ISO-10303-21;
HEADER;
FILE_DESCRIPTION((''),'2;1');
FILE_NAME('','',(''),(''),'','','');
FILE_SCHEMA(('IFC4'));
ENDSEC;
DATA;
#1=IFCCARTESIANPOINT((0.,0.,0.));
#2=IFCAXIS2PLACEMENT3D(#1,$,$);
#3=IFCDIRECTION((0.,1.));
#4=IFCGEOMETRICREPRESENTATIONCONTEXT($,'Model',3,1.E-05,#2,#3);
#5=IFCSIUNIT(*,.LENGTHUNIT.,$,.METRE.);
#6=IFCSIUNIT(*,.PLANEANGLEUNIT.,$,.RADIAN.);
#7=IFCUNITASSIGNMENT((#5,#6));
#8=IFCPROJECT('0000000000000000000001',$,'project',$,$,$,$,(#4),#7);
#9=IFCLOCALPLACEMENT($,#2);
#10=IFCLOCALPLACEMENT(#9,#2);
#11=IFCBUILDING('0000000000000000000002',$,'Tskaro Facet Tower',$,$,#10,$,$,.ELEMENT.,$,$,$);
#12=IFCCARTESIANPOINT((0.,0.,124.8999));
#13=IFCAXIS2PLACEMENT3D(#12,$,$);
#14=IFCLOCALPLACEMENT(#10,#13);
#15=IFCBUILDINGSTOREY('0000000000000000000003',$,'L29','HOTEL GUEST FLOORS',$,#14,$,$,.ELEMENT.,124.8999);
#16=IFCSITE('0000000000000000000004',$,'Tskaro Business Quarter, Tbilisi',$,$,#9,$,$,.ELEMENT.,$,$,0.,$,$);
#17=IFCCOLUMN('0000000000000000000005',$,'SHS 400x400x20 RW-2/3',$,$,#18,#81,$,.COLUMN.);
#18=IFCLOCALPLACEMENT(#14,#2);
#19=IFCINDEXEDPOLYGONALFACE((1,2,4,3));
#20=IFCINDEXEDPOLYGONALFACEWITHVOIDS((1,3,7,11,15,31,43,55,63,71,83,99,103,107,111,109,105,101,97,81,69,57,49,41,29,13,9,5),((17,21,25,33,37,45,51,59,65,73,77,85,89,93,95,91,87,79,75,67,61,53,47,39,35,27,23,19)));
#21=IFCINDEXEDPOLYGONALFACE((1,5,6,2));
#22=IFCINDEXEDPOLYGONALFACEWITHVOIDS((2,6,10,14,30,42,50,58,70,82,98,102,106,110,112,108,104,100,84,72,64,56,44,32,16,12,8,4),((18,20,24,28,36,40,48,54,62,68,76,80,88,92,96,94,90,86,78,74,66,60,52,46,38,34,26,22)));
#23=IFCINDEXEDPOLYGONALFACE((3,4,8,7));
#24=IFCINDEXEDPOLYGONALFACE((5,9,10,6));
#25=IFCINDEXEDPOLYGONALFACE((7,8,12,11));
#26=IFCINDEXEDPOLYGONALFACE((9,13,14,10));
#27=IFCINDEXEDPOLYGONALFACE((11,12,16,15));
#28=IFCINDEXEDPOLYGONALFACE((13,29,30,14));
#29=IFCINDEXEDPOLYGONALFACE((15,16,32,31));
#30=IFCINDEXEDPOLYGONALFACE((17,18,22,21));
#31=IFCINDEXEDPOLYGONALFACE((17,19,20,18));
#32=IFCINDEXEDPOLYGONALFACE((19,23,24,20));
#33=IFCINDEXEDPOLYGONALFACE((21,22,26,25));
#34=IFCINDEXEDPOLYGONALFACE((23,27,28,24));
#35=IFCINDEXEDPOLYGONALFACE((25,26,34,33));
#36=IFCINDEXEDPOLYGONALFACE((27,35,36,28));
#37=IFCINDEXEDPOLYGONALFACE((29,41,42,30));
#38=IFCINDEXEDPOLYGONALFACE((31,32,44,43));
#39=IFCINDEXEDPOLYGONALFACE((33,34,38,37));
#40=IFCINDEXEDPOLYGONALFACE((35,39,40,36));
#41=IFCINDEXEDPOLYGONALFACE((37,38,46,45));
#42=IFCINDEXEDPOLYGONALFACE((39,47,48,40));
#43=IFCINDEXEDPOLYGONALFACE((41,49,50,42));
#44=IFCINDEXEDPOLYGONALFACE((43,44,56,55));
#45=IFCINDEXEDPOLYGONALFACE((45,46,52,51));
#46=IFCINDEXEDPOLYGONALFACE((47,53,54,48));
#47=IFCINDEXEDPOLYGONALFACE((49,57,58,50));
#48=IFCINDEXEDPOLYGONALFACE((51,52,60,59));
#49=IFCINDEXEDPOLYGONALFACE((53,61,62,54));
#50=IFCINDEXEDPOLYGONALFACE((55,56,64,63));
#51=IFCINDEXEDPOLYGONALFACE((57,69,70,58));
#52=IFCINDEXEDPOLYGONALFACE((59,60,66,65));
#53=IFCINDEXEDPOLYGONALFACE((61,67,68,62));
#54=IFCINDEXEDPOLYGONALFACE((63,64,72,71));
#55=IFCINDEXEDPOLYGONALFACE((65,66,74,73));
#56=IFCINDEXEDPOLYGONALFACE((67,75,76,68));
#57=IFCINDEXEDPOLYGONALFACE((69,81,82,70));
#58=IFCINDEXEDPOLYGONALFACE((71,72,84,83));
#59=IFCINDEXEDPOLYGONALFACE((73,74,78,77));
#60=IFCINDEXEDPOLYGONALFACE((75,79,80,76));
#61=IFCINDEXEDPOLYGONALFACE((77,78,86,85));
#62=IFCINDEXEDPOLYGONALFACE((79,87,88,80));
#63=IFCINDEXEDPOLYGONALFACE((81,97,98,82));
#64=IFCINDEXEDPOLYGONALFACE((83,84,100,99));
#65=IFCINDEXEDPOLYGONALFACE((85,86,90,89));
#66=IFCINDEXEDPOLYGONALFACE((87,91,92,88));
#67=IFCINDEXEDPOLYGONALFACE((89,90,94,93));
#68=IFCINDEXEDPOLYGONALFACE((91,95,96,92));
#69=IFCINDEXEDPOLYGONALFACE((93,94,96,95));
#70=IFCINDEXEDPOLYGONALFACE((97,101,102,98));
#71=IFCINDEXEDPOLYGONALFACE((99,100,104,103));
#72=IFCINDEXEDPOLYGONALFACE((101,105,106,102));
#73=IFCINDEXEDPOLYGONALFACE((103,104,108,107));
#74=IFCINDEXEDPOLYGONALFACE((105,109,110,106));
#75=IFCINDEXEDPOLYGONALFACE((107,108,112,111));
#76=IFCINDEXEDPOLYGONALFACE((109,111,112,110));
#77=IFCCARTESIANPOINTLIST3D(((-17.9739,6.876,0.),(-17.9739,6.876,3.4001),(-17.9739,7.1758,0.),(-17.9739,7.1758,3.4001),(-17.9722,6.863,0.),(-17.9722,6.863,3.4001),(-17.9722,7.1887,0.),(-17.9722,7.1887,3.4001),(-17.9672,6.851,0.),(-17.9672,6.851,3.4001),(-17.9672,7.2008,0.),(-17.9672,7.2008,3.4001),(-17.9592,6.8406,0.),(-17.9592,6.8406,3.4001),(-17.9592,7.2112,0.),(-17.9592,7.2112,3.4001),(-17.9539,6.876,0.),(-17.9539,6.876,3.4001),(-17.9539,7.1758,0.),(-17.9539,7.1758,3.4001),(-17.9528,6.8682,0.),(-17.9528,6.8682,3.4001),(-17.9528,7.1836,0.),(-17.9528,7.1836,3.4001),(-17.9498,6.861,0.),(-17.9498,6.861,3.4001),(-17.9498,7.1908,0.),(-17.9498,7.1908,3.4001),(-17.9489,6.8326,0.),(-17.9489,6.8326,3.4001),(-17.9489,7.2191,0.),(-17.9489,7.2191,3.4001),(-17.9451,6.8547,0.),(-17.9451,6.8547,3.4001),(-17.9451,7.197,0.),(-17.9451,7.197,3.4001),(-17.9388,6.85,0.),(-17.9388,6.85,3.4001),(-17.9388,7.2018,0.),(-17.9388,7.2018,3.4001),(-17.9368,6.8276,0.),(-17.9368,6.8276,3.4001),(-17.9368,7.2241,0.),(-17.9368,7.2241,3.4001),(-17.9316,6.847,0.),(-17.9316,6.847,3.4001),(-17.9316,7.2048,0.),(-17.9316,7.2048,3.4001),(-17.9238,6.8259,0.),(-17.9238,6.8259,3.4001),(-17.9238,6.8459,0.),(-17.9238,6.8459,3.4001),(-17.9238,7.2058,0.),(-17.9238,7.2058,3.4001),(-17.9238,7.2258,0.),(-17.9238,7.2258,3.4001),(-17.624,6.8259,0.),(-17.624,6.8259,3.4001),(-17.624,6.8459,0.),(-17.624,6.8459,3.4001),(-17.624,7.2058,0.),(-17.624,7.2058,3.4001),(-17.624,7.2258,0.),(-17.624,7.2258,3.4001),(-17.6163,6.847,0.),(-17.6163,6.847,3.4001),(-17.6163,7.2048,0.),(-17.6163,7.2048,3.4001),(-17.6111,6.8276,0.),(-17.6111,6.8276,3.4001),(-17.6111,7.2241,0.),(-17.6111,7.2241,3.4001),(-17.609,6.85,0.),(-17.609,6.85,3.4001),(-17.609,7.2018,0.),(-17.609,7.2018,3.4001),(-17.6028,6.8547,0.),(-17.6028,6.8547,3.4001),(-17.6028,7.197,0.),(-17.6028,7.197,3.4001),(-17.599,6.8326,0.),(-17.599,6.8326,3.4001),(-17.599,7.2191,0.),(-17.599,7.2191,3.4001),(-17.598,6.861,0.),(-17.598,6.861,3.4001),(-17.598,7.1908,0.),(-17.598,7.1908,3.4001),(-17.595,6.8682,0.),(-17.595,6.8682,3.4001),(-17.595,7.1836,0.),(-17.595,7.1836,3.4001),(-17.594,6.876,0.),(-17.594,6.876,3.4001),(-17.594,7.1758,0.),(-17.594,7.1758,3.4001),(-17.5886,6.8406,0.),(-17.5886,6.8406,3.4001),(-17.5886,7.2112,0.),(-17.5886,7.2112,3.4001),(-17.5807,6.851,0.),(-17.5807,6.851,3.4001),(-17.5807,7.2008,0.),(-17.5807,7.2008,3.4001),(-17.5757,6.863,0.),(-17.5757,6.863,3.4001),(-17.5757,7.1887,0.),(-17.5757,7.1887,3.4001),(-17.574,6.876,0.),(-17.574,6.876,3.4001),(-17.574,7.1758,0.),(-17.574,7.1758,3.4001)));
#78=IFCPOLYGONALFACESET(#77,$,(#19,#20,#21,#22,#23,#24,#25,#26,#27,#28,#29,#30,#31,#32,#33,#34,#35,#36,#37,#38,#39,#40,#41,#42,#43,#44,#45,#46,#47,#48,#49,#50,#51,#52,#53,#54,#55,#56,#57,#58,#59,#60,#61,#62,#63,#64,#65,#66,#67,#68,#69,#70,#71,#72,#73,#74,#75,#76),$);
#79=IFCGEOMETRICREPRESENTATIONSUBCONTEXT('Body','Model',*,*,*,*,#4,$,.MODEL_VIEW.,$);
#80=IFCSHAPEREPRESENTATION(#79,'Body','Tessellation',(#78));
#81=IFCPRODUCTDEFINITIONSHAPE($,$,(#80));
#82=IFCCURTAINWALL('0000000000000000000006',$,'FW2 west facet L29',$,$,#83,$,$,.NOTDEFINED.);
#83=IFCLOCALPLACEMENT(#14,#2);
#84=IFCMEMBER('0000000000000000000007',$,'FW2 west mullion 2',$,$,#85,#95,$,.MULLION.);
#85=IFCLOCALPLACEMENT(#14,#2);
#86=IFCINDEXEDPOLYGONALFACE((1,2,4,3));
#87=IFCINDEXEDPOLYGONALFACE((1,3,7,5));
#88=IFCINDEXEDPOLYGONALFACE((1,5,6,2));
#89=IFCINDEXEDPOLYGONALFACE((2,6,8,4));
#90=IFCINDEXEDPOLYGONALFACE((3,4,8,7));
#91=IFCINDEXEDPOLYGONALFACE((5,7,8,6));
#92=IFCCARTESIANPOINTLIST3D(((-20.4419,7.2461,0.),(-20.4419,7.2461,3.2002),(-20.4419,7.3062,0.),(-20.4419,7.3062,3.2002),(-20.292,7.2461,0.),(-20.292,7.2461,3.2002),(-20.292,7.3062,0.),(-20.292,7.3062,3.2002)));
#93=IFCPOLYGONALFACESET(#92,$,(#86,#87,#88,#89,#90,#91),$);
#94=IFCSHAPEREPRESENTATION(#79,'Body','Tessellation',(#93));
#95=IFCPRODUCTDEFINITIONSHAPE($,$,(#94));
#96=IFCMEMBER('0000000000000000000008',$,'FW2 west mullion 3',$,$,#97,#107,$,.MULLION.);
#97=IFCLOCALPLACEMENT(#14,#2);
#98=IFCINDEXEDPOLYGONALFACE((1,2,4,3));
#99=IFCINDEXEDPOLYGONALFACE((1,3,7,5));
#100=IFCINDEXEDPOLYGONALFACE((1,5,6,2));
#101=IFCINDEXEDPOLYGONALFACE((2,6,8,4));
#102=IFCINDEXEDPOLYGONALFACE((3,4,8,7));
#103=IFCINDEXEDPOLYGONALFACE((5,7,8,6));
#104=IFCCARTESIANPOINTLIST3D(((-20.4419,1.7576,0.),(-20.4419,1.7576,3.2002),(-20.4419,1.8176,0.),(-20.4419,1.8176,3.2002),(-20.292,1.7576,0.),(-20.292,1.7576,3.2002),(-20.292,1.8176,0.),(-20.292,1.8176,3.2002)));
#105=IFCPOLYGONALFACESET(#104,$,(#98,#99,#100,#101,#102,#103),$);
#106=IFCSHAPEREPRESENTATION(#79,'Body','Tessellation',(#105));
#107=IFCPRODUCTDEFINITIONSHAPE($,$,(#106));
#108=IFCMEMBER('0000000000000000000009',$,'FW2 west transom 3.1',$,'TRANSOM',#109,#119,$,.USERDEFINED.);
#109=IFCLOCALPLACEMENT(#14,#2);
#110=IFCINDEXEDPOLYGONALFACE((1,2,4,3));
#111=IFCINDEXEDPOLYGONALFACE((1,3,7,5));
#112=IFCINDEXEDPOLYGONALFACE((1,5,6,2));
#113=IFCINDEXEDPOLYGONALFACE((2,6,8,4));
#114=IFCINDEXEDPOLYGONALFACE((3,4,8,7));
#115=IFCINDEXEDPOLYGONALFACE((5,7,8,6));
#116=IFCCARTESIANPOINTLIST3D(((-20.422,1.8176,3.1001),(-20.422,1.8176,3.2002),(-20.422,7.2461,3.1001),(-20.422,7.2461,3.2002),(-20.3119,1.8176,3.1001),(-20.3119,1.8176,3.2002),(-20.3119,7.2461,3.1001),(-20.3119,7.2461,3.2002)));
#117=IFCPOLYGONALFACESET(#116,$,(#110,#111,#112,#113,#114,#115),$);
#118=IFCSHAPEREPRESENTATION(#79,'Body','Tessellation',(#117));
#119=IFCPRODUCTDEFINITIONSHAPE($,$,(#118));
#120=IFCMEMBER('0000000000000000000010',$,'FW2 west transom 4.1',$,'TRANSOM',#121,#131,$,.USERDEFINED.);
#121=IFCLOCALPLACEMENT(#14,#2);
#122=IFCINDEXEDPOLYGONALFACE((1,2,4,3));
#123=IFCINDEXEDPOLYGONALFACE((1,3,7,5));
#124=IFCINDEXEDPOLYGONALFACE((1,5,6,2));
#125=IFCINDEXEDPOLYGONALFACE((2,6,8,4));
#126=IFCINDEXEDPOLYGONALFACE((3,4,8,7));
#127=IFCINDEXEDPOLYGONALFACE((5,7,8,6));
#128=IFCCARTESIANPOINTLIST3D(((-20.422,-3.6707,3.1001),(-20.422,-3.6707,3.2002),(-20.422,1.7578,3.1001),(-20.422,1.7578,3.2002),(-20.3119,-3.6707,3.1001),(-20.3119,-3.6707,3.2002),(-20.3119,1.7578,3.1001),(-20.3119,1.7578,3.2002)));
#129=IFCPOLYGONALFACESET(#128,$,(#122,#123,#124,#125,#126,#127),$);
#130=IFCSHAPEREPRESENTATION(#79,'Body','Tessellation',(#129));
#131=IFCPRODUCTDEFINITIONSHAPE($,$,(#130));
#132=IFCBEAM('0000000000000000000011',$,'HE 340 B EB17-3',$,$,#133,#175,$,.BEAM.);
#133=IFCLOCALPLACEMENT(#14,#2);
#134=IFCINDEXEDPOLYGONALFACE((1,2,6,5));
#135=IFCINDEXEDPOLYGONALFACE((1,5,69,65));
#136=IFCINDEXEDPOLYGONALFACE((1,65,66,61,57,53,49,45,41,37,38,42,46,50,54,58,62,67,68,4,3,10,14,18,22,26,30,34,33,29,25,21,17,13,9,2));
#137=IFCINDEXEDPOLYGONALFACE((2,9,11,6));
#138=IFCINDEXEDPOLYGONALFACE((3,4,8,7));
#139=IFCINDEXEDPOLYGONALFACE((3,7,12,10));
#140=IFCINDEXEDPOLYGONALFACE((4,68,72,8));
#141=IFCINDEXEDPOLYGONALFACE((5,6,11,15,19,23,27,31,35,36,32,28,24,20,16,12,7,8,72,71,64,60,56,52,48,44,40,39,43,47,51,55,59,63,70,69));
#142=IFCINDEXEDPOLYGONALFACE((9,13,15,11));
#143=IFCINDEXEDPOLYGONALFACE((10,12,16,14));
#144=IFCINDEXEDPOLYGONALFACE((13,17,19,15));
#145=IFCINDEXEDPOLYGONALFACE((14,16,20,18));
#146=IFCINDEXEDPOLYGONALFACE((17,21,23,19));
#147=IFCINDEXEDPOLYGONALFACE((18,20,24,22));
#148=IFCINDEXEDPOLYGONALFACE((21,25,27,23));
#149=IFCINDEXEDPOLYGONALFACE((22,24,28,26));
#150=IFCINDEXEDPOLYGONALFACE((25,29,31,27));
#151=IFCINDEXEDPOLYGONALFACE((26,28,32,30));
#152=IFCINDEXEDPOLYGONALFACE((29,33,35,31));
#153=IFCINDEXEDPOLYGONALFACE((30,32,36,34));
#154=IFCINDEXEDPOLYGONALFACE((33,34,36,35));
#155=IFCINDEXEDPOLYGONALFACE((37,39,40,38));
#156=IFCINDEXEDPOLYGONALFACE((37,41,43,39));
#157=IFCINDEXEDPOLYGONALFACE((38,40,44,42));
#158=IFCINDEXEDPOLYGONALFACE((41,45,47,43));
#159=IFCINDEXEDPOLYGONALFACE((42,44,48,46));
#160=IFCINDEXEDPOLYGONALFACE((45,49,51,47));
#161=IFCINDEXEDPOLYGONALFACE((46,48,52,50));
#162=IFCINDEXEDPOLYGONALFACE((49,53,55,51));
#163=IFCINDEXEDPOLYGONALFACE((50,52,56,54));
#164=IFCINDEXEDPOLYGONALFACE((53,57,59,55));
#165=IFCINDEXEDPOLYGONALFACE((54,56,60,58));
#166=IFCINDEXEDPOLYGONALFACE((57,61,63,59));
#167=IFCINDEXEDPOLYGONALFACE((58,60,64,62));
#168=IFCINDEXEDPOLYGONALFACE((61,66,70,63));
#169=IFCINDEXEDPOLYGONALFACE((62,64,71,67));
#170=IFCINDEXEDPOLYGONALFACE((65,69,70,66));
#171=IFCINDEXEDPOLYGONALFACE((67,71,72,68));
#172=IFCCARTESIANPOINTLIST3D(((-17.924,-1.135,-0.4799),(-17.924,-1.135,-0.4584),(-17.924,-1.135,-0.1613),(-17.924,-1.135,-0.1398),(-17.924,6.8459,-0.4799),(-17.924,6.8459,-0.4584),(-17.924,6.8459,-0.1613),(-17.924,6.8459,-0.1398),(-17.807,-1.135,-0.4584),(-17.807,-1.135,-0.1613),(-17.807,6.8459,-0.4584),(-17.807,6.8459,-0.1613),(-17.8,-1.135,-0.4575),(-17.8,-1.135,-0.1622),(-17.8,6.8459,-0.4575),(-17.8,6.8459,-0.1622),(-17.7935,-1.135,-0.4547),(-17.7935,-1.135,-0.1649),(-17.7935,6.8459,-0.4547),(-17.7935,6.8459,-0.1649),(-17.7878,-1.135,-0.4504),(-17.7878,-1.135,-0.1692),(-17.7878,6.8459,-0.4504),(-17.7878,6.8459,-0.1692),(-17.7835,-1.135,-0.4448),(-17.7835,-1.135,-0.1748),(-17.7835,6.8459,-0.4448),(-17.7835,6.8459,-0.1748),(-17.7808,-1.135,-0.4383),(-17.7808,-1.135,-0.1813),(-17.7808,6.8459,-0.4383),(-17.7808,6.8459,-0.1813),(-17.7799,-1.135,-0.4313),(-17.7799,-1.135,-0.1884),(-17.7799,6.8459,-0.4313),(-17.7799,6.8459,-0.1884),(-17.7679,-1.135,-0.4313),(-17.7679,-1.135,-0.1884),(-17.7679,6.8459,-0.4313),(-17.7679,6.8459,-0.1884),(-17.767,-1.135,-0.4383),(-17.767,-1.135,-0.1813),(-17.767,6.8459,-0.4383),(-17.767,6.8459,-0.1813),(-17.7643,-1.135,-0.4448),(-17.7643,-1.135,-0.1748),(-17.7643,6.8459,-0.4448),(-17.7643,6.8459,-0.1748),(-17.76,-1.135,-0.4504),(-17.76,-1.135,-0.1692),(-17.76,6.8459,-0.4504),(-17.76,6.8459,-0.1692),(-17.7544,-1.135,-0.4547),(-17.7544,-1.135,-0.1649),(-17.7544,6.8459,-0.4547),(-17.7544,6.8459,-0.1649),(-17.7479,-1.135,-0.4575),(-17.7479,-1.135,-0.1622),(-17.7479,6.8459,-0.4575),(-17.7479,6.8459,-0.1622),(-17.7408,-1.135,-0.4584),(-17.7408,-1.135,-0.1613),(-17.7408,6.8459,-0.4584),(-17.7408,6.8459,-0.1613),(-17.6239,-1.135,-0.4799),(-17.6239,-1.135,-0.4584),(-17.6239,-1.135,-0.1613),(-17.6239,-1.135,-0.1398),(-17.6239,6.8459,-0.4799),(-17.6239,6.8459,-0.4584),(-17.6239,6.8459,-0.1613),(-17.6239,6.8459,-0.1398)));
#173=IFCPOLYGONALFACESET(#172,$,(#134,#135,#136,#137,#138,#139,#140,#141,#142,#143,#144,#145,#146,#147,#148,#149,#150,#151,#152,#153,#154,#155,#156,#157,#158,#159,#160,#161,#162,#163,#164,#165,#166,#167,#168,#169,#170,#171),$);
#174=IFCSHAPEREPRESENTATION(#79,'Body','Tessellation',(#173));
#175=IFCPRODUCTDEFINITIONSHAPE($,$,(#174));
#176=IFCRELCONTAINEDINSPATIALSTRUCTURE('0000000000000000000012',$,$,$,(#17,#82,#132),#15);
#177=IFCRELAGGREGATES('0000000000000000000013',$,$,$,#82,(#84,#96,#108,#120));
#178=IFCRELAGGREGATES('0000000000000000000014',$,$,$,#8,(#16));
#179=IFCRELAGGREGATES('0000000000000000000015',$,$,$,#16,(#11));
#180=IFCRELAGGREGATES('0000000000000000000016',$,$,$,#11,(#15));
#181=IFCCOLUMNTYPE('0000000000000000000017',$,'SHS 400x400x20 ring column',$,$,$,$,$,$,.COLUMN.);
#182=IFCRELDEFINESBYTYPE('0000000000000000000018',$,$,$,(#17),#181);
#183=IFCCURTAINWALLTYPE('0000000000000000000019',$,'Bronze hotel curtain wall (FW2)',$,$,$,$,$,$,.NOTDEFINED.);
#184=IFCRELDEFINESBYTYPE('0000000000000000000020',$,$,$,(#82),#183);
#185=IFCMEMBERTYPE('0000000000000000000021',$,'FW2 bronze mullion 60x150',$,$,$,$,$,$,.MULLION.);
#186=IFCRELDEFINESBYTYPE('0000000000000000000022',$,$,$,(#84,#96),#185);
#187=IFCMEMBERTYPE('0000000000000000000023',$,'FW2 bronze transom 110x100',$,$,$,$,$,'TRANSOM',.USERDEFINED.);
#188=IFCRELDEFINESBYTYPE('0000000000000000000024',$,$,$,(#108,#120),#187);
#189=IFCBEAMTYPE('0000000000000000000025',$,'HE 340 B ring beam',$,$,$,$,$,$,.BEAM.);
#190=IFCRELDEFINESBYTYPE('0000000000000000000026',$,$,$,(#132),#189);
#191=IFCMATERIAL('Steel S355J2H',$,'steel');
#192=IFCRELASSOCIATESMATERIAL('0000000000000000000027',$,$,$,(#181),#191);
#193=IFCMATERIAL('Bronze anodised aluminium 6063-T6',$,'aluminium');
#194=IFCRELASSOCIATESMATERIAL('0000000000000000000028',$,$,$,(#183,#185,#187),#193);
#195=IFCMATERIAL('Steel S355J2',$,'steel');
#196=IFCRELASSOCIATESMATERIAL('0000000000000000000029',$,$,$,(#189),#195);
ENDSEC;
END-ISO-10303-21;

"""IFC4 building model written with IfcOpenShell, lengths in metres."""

from ifc_helpers import new_model, si_unit, direction, frame, origin, origin_2d, place, context, subcontext, project, spatial, rectangle, hollow_rectangle, i_section, extrude, material, material_profile, profile_set, type_object, element, aggregate, save


model = new_model("IFC4")

# Units and contexts
model_context = context("Model", 3, precision=1e-05, world=origin(), true_north=direction((0.0, 1.0)))
body_context = subcontext(model_context, "Body", "Model", "MODEL_VIEW")
ifc_project = project(units=[si_unit("LENGTHUNIT", "METRE"), si_unit("PLANEANGLEUNIT", "RADIAN")], contexts=[model_context])

# Site, building, storey
site_placement = place(None, origin())
site = spatial("IfcSite", under=ifc_project, at=site_placement, Name="Tskaro Business Quarter, Tbilisi", CompositionType="ELEMENT", RefElevation=0.0)
building_placement = place(site_placement, origin())
building = spatial("IfcBuilding", under=site, at=building_placement, Name="Tskaro Facet Tower", CompositionType="ELEMENT")
storey_placement = place(building_placement, frame((0.0, 0.0, 124.8999)))
storey = spatial("IfcBuildingStorey", under=building, at=storey_placement, Name="L29", Description="HOTEL GUEST FLOORS", CompositionType="ELEMENT", Elevation=124.8999)

# Column
ifc_material_1 = material(Name="Steel S355J2H", Category="steel")
ifc_material_profile_1 = material_profile(ifc_material_1, hollow_rectangle(XDim=0.3999, YDim=0.3999, WallThickness=0.02, InnerFilletRadius=0.03, OuterFilletRadius=0.05, at=origin_2d()), Name="SHS 400x400x20")
ifc_profile_set_1 = profile_set([ifc_material_profile_1], Name="Steel S355J2H")
column_type = type_object("IfcColumnType", Name="SHS 400x400x20 ring column", PredefinedType="COLUMN", material=ifc_profile_set_1)
column_placement = place(storey_placement, frame((-17.7739, 7.0259, 0.0), z_axis=(0.0, 0.0, 1.0), x_axis=(1.0, 0.0, 0.0)))
element("IfcColumn", 1, at=column_placement, inside=storey, type_object=column_type, Name="SHS 400x400x20 RW-2/3", PredefinedType="COLUMN", context=body_context, shape_type="SweptSolid", body=[
    extrude(hollow_rectangle(XDim=0.3999, YDim=0.3999, WallThickness=0.02, InnerFilletRadius=0.03, OuterFilletRadius=0.05, at=origin_2d()), origin(), (0.0, 0.0, 1.0), 3.4001),
])

# Curtain wall, members
ifc_material_2 = material(Name="Bronze anodised aluminium 6063-T6", Category="aluminium")
curtain_wall_type = type_object("IfcCurtainWallType", Name="Bronze hotel curtain wall (FW2)", PredefinedType="NOTDEFINED", material=ifc_material_2)
curtain_wall_placement = place(storey_placement, origin())
curtain_wall = element("IfcCurtainWall", 2, at=curtain_wall_placement, inside=storey, type_object=curtain_wall_type, Name="FW2 west facet L29", PredefinedType="NOTDEFINED")
ifc_material_profile_2 = material_profile(ifc_material_2, rectangle(XDim=0.0601, YDim=0.1499, at=origin_2d()), Name="Mullion 60x150")
ifc_profile_set_2 = profile_set([ifc_material_profile_2], Name="Bronze anodised aluminium 6063-T6")
member_type_1 = type_object("IfcMemberType", Name="FW2 bronze mullion 60x150", PredefinedType="MULLION", material=ifc_profile_set_2)
member_1_placement = place(storey_placement, frame((-20.3669, 7.2761, 0.0), z_axis=(0.0, 0.0, 1.0), x_axis=(0.0, -1.0, 0.0)))
member_1 = element("IfcMember", 3, at=member_1_placement, type_object=member_type_1, Name="FW2 west mullion 2", PredefinedType="MULLION", context=body_context, shape_type="SweptSolid", body=[
    extrude(rectangle(XDim=0.0601, YDim=0.1499, at=origin_2d()), origin(), (0.0, 0.0, 1.0), 3.2002),
])
member_2_placement = place(storey_placement, frame((-20.3669, 1.7876, 0.0), z_axis=(0.0, 0.0, 1.0), x_axis=(0.0, -1.0, 0.0)))
member_2 = element("IfcMember", 4, at=member_2_placement, type_object=member_type_1, Name="FW2 west mullion 3", PredefinedType="MULLION", context=body_context, shape_type="SweptSolid", body=[
    extrude(rectangle(XDim=0.0601, YDim=0.1499, at=origin_2d()), origin(), (0.0, 0.0, 1.0), 3.2002),
])
ifc_material_profile_3 = material_profile(ifc_material_2, rectangle(XDim=0.1101, YDim=0.1001, at=origin_2d()), Name="Transom 110x100")
ifc_profile_set_3 = profile_set([ifc_material_profile_3], Name="Bronze anodised aluminium 6063-T6")
member_type_2 = type_object("IfcMemberType", Name="FW2 bronze transom 110x100", ElementType="TRANSOM", PredefinedType="USERDEFINED", material=ifc_profile_set_3)
member_3_placement = place(storey_placement, frame((-20.3669, 7.2461, 3.1501), z_axis=(0.0, -1.0, 0.0), x_axis=(1.0, 0.0, 0.0)))
member_3 = element("IfcMember", 5, at=member_3_placement, type_object=member_type_2, Name="FW2 west transom 3.1", ObjectType="TRANSOM", PredefinedType="USERDEFINED", context=body_context, shape_type="SweptSolid", body=[
    extrude(rectangle(XDim=0.1101, YDim=0.1001, at=origin_2d()), origin(), (0.0, 0.0, 1.0), 5.4285),
])
member_4_placement = place(storey_placement, frame((-20.3669, 1.7578, 3.1501), z_axis=(0.0, -1.0, 0.0), x_axis=(1.0, 0.0, 0.0)))
member_4 = element("IfcMember", 6, at=member_4_placement, type_object=member_type_2, Name="FW2 west transom 4.1", ObjectType="TRANSOM", PredefinedType="USERDEFINED", context=body_context, shape_type="SweptSolid", body=[
    extrude(rectangle(XDim=0.1101, YDim=0.1001, at=origin_2d()), origin(), (0.0, 0.0, 1.0), 5.4285),
])

# Beam
ifc_material_3 = material(Name="Steel S355J2", Category="steel")
ifc_material_profile_4 = material_profile(ifc_material_3, i_section(OverallWidth=0.3, OverallDepth=0.3401, WebThickness=0.012, FlangeThickness=0.0215, FilletRadius=0.0271, at=origin_2d()), Name="HE 340 B")
ifc_profile_set_4 = profile_set([ifc_material_profile_4], Name="Steel S355J2")
beam_type_1 = type_object("IfcBeamType", Name="HE 340 B ring beam", PredefinedType="BEAM", material=ifc_profile_set_4)
beam_1_placement = place(storey_placement, frame((-17.7739, 6.8459, -0.3098), z_axis=(0.0, -1.0, 0.0), x_axis=(1.0, 0.0, 0.0)))
element("IfcBeam", 7, at=beam_1_placement, inside=storey, type_object=beam_type_1, Name="HE 340 B EB17-3", PredefinedType="BEAM", context=body_context, shape_type="SweptSolid", body=[
    extrude(i_section(OverallWidth=0.3, OverallDepth=0.3401, WebThickness=0.012, FlangeThickness=0.0215, FilletRadius=0.0271, at=origin_2d()), origin(), (0.0, 0.0, 1.0), 7.981),
])

aggregate(curtain_wall, [member_1, member_2, member_3, member_4])

save(model, "model.ifc")
